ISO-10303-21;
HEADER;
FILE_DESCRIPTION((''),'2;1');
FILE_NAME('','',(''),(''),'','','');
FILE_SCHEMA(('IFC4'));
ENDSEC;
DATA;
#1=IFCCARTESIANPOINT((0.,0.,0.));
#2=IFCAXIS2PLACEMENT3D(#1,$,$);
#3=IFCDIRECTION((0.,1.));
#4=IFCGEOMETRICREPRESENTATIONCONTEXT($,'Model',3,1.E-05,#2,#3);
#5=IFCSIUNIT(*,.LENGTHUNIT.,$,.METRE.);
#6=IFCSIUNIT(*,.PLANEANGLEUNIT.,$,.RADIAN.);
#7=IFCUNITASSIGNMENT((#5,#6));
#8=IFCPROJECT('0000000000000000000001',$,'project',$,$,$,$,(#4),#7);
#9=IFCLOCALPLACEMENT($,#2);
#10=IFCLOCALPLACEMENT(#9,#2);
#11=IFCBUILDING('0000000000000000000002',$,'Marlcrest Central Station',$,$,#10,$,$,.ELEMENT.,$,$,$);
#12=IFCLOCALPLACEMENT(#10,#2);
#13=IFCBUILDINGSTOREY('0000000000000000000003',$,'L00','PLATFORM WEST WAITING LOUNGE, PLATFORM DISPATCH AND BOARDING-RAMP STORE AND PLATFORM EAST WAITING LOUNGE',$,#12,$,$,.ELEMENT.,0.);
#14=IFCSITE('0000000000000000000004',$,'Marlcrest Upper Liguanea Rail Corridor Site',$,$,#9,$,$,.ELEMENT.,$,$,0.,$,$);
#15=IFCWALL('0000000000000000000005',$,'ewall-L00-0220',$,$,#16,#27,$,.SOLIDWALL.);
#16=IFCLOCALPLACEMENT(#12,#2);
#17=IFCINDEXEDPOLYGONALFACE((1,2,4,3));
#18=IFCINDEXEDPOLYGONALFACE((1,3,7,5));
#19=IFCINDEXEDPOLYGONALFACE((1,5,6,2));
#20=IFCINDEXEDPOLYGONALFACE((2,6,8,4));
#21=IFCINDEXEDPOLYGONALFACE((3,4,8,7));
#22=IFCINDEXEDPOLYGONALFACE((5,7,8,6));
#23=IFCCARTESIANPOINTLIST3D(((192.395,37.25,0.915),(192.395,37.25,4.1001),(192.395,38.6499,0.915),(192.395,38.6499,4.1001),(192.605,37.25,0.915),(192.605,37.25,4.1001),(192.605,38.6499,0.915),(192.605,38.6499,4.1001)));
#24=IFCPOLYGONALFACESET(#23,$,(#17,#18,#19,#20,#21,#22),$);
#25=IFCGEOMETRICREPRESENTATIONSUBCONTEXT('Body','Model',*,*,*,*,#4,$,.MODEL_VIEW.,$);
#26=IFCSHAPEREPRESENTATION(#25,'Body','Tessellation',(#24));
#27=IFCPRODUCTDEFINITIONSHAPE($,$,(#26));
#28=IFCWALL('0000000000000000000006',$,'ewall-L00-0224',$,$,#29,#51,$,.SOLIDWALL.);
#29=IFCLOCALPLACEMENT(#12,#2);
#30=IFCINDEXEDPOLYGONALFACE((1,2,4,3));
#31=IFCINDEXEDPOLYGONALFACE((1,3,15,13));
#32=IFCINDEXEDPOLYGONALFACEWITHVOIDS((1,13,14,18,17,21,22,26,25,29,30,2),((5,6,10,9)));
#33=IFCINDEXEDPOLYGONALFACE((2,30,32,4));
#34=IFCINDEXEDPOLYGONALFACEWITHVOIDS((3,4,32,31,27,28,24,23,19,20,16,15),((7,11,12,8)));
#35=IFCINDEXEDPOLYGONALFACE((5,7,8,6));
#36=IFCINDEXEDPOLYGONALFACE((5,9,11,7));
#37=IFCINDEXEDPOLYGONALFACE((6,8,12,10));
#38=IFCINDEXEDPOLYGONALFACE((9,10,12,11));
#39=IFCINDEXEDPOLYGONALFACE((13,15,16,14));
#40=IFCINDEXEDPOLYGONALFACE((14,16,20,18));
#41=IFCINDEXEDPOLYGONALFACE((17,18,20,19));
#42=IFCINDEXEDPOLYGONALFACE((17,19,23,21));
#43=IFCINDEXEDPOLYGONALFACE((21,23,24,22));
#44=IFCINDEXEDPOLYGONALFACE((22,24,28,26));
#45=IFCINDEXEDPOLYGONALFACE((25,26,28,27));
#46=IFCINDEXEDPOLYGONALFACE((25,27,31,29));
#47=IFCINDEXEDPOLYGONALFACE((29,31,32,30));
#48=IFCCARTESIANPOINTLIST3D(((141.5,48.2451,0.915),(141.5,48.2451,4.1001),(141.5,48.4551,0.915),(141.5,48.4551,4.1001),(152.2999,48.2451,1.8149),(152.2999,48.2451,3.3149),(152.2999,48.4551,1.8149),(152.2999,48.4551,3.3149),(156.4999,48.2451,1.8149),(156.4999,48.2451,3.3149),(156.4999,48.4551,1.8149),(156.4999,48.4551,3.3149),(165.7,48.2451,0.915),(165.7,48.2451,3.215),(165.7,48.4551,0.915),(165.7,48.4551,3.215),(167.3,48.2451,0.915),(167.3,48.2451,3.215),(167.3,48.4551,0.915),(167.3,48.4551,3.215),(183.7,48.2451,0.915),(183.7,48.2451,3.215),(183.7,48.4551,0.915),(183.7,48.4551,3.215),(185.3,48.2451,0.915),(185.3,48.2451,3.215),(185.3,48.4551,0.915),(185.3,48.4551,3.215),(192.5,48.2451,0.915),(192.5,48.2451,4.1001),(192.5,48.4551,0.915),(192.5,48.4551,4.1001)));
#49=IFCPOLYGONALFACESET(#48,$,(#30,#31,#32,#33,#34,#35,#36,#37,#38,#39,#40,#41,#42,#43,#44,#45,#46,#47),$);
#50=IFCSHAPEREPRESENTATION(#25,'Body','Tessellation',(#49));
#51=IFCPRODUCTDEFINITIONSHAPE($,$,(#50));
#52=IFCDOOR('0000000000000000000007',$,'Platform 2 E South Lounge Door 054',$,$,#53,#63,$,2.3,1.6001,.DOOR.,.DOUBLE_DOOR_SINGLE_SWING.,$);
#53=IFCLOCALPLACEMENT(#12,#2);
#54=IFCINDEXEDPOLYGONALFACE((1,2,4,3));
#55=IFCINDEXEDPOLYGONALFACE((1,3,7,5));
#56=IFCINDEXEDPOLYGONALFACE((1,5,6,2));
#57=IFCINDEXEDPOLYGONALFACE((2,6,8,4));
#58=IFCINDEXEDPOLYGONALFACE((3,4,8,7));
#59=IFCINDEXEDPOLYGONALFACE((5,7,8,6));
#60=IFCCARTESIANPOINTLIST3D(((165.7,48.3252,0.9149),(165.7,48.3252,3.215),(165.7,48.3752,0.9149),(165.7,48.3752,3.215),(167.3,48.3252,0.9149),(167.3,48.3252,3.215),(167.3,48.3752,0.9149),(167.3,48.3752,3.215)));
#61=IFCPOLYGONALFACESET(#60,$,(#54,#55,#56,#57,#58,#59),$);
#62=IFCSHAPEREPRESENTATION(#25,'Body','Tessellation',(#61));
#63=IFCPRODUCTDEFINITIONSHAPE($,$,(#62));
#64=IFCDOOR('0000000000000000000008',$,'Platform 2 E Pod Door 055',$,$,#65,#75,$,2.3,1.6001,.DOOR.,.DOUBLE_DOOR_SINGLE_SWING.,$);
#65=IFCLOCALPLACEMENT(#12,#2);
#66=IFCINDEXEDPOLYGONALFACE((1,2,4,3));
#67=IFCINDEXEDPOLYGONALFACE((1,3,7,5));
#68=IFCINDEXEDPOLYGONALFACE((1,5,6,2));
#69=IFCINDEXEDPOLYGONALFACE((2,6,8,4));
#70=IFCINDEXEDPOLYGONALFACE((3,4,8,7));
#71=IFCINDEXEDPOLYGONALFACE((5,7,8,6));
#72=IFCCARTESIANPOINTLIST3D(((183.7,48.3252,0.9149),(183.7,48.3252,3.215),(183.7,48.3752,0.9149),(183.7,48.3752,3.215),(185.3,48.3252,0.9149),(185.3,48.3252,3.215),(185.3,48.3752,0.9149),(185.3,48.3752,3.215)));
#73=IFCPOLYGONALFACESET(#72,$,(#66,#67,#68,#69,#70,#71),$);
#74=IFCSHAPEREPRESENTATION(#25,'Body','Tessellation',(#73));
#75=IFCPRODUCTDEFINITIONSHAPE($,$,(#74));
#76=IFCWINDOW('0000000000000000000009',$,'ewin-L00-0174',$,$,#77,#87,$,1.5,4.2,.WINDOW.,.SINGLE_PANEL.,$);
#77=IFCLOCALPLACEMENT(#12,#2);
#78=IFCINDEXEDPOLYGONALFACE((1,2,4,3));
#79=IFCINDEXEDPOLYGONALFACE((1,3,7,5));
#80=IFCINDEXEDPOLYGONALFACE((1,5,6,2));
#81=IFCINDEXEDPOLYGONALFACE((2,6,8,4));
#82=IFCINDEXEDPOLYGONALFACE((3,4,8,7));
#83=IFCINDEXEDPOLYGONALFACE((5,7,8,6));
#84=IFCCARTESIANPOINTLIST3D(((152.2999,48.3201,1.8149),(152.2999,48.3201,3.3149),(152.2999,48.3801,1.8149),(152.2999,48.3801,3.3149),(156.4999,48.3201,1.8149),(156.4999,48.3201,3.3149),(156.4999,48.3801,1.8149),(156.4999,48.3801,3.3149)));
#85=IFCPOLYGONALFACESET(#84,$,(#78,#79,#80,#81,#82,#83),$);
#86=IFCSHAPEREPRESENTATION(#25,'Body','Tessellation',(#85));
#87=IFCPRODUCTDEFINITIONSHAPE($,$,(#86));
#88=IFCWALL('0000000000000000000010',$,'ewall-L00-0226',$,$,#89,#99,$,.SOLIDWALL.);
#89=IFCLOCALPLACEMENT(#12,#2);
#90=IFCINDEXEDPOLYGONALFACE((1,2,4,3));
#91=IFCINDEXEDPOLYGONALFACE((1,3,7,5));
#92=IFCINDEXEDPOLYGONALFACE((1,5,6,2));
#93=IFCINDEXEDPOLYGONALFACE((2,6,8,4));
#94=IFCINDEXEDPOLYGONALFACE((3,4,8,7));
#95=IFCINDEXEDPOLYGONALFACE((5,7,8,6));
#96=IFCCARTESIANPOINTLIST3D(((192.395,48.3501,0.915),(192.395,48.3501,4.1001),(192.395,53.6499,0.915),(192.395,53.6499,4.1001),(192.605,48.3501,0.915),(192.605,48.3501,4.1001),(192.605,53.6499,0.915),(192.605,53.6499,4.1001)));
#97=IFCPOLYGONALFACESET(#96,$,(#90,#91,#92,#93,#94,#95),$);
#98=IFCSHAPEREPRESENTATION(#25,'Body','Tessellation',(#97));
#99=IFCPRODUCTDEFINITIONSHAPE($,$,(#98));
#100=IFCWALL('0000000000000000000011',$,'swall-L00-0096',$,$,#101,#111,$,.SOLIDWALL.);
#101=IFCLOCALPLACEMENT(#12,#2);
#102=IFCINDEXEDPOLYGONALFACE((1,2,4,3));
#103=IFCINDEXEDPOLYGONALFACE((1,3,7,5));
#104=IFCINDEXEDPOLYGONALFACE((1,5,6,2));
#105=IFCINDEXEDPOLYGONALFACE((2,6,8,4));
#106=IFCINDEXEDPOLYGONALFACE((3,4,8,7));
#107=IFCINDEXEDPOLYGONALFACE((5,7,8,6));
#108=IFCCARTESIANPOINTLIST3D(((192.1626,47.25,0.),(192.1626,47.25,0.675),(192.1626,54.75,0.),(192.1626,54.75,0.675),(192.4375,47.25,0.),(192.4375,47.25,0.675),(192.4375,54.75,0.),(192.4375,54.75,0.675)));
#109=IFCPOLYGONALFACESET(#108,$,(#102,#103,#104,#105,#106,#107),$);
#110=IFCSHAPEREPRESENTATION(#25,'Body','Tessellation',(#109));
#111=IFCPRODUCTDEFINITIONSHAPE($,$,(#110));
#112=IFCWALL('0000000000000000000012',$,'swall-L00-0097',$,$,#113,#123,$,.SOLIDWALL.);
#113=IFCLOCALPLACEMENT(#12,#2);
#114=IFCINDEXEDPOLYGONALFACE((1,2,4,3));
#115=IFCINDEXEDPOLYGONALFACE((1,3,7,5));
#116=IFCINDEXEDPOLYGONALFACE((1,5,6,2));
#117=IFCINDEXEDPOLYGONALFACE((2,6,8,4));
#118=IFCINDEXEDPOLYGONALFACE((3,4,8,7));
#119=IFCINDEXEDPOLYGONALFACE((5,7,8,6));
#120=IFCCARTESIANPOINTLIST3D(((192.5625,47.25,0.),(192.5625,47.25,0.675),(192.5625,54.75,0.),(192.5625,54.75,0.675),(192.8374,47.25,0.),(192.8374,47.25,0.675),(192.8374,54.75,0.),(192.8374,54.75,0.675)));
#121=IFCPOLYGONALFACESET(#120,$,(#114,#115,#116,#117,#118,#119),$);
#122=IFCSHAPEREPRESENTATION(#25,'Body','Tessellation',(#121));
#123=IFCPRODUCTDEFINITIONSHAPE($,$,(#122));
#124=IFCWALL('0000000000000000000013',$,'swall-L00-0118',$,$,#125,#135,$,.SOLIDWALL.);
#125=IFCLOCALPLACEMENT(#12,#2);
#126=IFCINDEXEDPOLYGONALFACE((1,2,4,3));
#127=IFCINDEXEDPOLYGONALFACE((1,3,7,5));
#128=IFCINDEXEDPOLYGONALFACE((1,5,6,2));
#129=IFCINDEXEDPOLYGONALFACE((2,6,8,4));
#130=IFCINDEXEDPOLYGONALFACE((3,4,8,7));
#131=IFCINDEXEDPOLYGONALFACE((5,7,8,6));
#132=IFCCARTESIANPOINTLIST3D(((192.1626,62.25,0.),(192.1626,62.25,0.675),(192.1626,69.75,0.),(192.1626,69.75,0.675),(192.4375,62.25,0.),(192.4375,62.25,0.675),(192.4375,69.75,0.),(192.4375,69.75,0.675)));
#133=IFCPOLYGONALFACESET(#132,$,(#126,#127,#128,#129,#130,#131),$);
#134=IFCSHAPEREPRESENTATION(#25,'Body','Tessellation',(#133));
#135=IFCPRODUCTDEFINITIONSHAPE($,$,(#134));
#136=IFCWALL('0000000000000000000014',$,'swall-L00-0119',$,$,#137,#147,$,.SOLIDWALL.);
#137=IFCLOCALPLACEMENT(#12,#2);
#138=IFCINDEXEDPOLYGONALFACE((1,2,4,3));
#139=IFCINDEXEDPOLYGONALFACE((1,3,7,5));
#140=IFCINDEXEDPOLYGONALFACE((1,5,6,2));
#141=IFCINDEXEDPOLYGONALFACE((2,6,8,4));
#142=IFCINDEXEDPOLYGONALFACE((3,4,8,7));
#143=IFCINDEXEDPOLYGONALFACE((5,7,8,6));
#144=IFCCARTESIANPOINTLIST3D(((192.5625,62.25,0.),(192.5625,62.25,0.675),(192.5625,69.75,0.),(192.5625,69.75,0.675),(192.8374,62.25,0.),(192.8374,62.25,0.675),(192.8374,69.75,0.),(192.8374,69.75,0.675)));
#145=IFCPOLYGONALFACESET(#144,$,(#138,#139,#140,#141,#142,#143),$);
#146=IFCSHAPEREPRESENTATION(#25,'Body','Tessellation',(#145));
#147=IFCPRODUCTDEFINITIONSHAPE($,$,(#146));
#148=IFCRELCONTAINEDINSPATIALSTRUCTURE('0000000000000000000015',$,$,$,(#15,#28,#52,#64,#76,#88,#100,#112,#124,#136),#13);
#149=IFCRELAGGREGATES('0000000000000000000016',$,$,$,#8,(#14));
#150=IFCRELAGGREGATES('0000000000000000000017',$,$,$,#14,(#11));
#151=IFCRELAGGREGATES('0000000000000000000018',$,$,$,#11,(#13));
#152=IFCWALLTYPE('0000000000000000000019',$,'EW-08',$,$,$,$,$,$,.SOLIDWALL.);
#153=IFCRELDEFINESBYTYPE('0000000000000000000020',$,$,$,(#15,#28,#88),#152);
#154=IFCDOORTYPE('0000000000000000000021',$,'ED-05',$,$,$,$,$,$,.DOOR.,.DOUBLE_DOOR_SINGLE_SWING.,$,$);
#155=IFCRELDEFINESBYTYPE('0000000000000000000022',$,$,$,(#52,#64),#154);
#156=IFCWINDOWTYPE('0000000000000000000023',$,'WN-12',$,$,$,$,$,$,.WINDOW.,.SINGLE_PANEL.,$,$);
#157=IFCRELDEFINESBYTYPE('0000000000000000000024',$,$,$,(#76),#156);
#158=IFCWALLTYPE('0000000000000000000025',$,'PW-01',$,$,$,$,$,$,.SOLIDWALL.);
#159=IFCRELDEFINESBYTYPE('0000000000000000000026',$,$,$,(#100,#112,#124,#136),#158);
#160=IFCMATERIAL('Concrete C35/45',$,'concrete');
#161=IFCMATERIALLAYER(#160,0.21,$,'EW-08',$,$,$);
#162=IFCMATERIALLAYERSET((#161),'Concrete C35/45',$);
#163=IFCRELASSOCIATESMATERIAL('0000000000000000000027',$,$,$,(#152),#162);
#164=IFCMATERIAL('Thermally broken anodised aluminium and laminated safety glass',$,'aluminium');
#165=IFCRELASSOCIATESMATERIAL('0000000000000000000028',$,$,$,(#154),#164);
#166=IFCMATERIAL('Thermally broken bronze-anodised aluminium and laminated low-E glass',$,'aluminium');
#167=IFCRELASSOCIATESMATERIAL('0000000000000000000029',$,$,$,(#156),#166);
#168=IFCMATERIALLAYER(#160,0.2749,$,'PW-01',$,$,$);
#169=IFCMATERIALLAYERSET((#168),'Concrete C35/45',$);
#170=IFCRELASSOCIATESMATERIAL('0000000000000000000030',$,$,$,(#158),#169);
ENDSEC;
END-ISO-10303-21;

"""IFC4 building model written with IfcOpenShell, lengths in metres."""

from ifc_helpers import new_model, si_unit, direction, frame, frame_2d, origin, place, context, subcontext, project, spatial, rectangle, extrude, material, layer, layer_set, type_object, element, fill, save


model = new_model("IFC4")

# Units and contexts
model_context = context("Model", 3, precision=1e-05, world=origin(), true_north=direction((0.0, 1.0)))
body_context = subcontext(model_context, "Body", "Model", "MODEL_VIEW")
ifc_project = project(units=[si_unit("LENGTHUNIT", "METRE"), si_unit("PLANEANGLEUNIT", "RADIAN")], contexts=[model_context])

# Site, building, storey
site_placement = place(None, origin())
site = spatial("IfcSite", under=ifc_project, at=site_placement, Name="Marlcrest Upper Liguanea Rail Corridor Site", CompositionType="ELEMENT", RefElevation=0.0)
building_placement = place(site_placement, origin())
building = spatial("IfcBuilding", under=site, at=building_placement, Name="Marlcrest Central Station", CompositionType="ELEMENT")
storey_placement = place(building_placement, origin())
storey = spatial("IfcBuildingStorey", under=building, at=storey_placement, Name="L00", Description="PLATFORM WEST WAITING LOUNGE, PLATFORM DISPATCH AND BOARDING-RAMP STORE AND PLATFORM EAST WAITING LOUNGE", CompositionType="ELEMENT", Elevation=0.0)

# Shared definitions
ifc_material_1 = material(Name="Concrete C35/45", Category="concrete")

# Wall
ifc_layer_1 = layer(ifc_material_1, 0.21, Name="EW-08")
ifc_layer_set_1 = layer_set([ifc_layer_1], Name="Concrete C35/45")
wall_type_1 = type_object("IfcWallType", Name="EW-08", PredefinedType="SOLIDWALL", material=ifc_layer_set_1)
wall_1_placement = place(storey_placement, frame((192.5, 38.6499, 0.915), z_axis=(0.0, 0.0, 1.0), x_axis=(0.0, -1.0, 0.0)))
element("IfcWall", 1, at=wall_1_placement, inside=storey, type_object=wall_type_1, Name="ewall-L00-0220", PredefinedType="SOLIDWALL", context=body_context, shape_type="SweptSolid", body=[
    extrude(rectangle(XDim=1.3999, YDim=0.21, at=frame_2d((0.7, 0.0))), origin(), (0.0, 0.0, 1.0), 3.1851),
])

# Wall, openings, doors, window
wall_2_placement = place(storey_placement, frame((192.5, 48.3501, 0.915), z_axis=(0.0, 0.0, 1.0), x_axis=(-1.0, 0.0, 0.0)))
wall_2 = element("IfcWall", 2, at=wall_2_placement, inside=storey, type_object=wall_type_1, Name="ewall-L00-0224", PredefinedType="SOLIDWALL", context=body_context, shape_type="SweptSolid", body=[
    extrude(rectangle(XDim=51.0, YDim=0.21, at=frame_2d((25.5, 0.0))), origin(), (0.0, 0.0, 1.0), 3.1851),
])
opening_1_placement = place(wall_2_placement, frame((25.2, 0.0, 0.0)))
opening_1 = element("IfcOpeningElement", 3, at=opening_1_placement, cuts=wall_2, PredefinedType="OPENING", context=body_context, shape_type="SweptSolid", body=[
    extrude(rectangle(XDim=1.6001, YDim=2.3, at=frame_2d((0.8, 1.1499))), frame((0.0, 0.115, 0.0), z_axis=(0.0, -1.0, 0.0), x_axis=(1.0, 0.0, 0.0)), (0.0, 0.0, 1.0), 0.23),
])
opening_2_placement = place(wall_2_placement, frame((7.2, 0.0, 0.0)))
opening_2 = element("IfcOpeningElement", 4, at=opening_2_placement, cuts=wall_2, PredefinedType="OPENING", context=body_context, shape_type="SweptSolid", body=[
    extrude(rectangle(XDim=1.6001, YDim=2.3, at=frame_2d((0.8, 1.1499))), frame((0.0, 0.115, 0.0), z_axis=(0.0, -1.0, 0.0), x_axis=(1.0, 0.0, 0.0)), (0.0, 0.0, 1.0), 0.23),
])
opening_3_placement = place(wall_2_placement, frame((36.0, 0.0, 0.8999)))
opening_3 = element("IfcOpeningElement", 5, at=opening_3_placement, cuts=wall_2, PredefinedType="OPENING", context=body_context, shape_type="SweptSolid", body=[
    extrude(rectangle(XDim=4.2, YDim=1.5, at=frame_2d((2.1001, 0.75))), frame((0.0, 0.115, 0.0), z_axis=(0.0, -1.0, 0.0), x_axis=(1.0, 0.0, 0.0)), (0.0, 0.0, 1.0), 0.23),
])
ifc_material_2 = material(Name="Thermally broken anodised aluminium and laminated safety glass", Category="aluminium")
door_type = type_object("IfcDoorType", Name="ED-05", OperationType="DOUBLE_DOOR_SINGLE_SWING", PredefinedType="DOOR", material=ifc_material_2)
door_1_placement = place(opening_1_placement, origin())
door_1 = element("IfcDoor", 6, at=door_1_placement, inside=storey, type_object=door_type, Name="Platform 2 E South Lounge Door 054", OperationType="DOUBLE_DOOR_SINGLE_SWING", OverallHeight=2.3, OverallWidth=1.6001, PredefinedType="DOOR", context=body_context, shape_type="SweptSolid", body=[
    extrude(rectangle(XDim=1.6001, YDim=2.3, at=frame_2d((0.8, 1.1499))), frame((0.0, 0.0249, 0.0), z_axis=(0.0, -1.0, 0.0), x_axis=(1.0, 0.0, 0.0)), (0.0, 0.0, 1.0), 0.05),
])
fill(opening_1, door_1)
door_2_placement = place(opening_2_placement, origin())
door_2 = element("IfcDoor", 7, at=door_2_placement, inside=storey, type_object=door_type, Name="Platform 2 E Pod Door 055", OperationType="DOUBLE_DOOR_SINGLE_SWING", OverallHeight=2.3, OverallWidth=1.6001, PredefinedType="DOOR", context=body_context, shape_type="SweptSolid", body=[
    extrude(rectangle(XDim=1.6001, YDim=2.3, at=frame_2d((0.8, 1.1499))), frame((0.0, 0.0249, 0.0), z_axis=(0.0, -1.0, 0.0), x_axis=(1.0, 0.0, 0.0)), (0.0, 0.0, 1.0), 0.05),
])
fill(opening_2, door_2)
ifc_material_3 = material(Name="Thermally broken bronze-anodised aluminium and laminated low-E glass", Category="aluminium")
window_type = type_object("IfcWindowType", Name="WN-12", PartitioningType="SINGLE_PANEL", PredefinedType="WINDOW", material=ifc_material_3)
window_placement = place(opening_3_placement, origin())
window = element("IfcWindow", 8, at=window_placement, inside=storey, type_object=window_type, Name="ewin-L00-0174", OverallHeight=1.5, OverallWidth=4.2, PartitioningType="SINGLE_PANEL", PredefinedType="WINDOW", context=body_context, shape_type="SweptSolid", body=[
    extrude(rectangle(XDim=4.2, YDim=1.5, at=frame_2d((2.1001, 0.75))), frame((0.0, 0.03, 0.0), z_axis=(0.0, -1.0, 0.0), x_axis=(1.0, 0.0, 0.0)), (0.0, 0.0, 1.0), 0.0601),
])
fill(opening_3, window)

# Walls
wall_3_placement = place(storey_placement, frame((192.5, 53.6499, 0.915), z_axis=(0.0, 0.0, 1.0), x_axis=(0.0, -1.0, 0.0)))
element("IfcWall", 9, at=wall_3_placement, inside=storey, type_object=wall_type_1, Name="ewall-L00-0226", PredefinedType="SOLIDWALL", context=body_context, shape_type="SweptSolid", body=[
    extrude(rectangle(XDim=5.2998, YDim=0.21, at=frame_2d((2.6499, 0.0))), origin(), (0.0, 0.0, 1.0), 3.1851),
])
ifc_layer_2 = layer(ifc_material_1, 0.2749, Name="PW-01")
ifc_layer_set_2 = layer_set([ifc_layer_2], Name="Concrete C35/45")
wall_type_2 = type_object("IfcWallType", Name="PW-01", PredefinedType="SOLIDWALL", material=ifc_layer_set_2)
for number, where, z_axis, x_axis, name in (
    (10, (192.3, 47.25, 0.0), (0.0, 0.0, 1.0), (0.0, 1.0, 0.0), "swall-L00-0096"),
    (11, (192.7, 47.25, 0.0), (0.0, 0.0, 1.0), (0.0, 1.0, 0.0), "swall-L00-0097"),
    (12, (192.3, 62.25, 0.0), (0.0, 0.0, 1.0), (0.0, 1.0, 0.0), "swall-L00-0118"),
    (13, (192.7, 62.25, 0.0), (0.0, 0.0, 1.0), (0.0, 1.0, 0.0), "swall-L00-0119"),
):
    element("IfcWall", number, at=place(storey_placement, frame(where, z_axis=z_axis, x_axis=x_axis)), inside=storey, type_object=wall_type_2, Name=name, PredefinedType="SOLIDWALL", context=body_context, shape_type="SweptSolid", body=[
        extrude(rectangle(XDim=7.5, YDim=0.2749, at=frame_2d((3.75, 0.0))), origin(), (0.0, 0.0, 1.0), 0.675),
    ])

save(model, "model.ifc")
